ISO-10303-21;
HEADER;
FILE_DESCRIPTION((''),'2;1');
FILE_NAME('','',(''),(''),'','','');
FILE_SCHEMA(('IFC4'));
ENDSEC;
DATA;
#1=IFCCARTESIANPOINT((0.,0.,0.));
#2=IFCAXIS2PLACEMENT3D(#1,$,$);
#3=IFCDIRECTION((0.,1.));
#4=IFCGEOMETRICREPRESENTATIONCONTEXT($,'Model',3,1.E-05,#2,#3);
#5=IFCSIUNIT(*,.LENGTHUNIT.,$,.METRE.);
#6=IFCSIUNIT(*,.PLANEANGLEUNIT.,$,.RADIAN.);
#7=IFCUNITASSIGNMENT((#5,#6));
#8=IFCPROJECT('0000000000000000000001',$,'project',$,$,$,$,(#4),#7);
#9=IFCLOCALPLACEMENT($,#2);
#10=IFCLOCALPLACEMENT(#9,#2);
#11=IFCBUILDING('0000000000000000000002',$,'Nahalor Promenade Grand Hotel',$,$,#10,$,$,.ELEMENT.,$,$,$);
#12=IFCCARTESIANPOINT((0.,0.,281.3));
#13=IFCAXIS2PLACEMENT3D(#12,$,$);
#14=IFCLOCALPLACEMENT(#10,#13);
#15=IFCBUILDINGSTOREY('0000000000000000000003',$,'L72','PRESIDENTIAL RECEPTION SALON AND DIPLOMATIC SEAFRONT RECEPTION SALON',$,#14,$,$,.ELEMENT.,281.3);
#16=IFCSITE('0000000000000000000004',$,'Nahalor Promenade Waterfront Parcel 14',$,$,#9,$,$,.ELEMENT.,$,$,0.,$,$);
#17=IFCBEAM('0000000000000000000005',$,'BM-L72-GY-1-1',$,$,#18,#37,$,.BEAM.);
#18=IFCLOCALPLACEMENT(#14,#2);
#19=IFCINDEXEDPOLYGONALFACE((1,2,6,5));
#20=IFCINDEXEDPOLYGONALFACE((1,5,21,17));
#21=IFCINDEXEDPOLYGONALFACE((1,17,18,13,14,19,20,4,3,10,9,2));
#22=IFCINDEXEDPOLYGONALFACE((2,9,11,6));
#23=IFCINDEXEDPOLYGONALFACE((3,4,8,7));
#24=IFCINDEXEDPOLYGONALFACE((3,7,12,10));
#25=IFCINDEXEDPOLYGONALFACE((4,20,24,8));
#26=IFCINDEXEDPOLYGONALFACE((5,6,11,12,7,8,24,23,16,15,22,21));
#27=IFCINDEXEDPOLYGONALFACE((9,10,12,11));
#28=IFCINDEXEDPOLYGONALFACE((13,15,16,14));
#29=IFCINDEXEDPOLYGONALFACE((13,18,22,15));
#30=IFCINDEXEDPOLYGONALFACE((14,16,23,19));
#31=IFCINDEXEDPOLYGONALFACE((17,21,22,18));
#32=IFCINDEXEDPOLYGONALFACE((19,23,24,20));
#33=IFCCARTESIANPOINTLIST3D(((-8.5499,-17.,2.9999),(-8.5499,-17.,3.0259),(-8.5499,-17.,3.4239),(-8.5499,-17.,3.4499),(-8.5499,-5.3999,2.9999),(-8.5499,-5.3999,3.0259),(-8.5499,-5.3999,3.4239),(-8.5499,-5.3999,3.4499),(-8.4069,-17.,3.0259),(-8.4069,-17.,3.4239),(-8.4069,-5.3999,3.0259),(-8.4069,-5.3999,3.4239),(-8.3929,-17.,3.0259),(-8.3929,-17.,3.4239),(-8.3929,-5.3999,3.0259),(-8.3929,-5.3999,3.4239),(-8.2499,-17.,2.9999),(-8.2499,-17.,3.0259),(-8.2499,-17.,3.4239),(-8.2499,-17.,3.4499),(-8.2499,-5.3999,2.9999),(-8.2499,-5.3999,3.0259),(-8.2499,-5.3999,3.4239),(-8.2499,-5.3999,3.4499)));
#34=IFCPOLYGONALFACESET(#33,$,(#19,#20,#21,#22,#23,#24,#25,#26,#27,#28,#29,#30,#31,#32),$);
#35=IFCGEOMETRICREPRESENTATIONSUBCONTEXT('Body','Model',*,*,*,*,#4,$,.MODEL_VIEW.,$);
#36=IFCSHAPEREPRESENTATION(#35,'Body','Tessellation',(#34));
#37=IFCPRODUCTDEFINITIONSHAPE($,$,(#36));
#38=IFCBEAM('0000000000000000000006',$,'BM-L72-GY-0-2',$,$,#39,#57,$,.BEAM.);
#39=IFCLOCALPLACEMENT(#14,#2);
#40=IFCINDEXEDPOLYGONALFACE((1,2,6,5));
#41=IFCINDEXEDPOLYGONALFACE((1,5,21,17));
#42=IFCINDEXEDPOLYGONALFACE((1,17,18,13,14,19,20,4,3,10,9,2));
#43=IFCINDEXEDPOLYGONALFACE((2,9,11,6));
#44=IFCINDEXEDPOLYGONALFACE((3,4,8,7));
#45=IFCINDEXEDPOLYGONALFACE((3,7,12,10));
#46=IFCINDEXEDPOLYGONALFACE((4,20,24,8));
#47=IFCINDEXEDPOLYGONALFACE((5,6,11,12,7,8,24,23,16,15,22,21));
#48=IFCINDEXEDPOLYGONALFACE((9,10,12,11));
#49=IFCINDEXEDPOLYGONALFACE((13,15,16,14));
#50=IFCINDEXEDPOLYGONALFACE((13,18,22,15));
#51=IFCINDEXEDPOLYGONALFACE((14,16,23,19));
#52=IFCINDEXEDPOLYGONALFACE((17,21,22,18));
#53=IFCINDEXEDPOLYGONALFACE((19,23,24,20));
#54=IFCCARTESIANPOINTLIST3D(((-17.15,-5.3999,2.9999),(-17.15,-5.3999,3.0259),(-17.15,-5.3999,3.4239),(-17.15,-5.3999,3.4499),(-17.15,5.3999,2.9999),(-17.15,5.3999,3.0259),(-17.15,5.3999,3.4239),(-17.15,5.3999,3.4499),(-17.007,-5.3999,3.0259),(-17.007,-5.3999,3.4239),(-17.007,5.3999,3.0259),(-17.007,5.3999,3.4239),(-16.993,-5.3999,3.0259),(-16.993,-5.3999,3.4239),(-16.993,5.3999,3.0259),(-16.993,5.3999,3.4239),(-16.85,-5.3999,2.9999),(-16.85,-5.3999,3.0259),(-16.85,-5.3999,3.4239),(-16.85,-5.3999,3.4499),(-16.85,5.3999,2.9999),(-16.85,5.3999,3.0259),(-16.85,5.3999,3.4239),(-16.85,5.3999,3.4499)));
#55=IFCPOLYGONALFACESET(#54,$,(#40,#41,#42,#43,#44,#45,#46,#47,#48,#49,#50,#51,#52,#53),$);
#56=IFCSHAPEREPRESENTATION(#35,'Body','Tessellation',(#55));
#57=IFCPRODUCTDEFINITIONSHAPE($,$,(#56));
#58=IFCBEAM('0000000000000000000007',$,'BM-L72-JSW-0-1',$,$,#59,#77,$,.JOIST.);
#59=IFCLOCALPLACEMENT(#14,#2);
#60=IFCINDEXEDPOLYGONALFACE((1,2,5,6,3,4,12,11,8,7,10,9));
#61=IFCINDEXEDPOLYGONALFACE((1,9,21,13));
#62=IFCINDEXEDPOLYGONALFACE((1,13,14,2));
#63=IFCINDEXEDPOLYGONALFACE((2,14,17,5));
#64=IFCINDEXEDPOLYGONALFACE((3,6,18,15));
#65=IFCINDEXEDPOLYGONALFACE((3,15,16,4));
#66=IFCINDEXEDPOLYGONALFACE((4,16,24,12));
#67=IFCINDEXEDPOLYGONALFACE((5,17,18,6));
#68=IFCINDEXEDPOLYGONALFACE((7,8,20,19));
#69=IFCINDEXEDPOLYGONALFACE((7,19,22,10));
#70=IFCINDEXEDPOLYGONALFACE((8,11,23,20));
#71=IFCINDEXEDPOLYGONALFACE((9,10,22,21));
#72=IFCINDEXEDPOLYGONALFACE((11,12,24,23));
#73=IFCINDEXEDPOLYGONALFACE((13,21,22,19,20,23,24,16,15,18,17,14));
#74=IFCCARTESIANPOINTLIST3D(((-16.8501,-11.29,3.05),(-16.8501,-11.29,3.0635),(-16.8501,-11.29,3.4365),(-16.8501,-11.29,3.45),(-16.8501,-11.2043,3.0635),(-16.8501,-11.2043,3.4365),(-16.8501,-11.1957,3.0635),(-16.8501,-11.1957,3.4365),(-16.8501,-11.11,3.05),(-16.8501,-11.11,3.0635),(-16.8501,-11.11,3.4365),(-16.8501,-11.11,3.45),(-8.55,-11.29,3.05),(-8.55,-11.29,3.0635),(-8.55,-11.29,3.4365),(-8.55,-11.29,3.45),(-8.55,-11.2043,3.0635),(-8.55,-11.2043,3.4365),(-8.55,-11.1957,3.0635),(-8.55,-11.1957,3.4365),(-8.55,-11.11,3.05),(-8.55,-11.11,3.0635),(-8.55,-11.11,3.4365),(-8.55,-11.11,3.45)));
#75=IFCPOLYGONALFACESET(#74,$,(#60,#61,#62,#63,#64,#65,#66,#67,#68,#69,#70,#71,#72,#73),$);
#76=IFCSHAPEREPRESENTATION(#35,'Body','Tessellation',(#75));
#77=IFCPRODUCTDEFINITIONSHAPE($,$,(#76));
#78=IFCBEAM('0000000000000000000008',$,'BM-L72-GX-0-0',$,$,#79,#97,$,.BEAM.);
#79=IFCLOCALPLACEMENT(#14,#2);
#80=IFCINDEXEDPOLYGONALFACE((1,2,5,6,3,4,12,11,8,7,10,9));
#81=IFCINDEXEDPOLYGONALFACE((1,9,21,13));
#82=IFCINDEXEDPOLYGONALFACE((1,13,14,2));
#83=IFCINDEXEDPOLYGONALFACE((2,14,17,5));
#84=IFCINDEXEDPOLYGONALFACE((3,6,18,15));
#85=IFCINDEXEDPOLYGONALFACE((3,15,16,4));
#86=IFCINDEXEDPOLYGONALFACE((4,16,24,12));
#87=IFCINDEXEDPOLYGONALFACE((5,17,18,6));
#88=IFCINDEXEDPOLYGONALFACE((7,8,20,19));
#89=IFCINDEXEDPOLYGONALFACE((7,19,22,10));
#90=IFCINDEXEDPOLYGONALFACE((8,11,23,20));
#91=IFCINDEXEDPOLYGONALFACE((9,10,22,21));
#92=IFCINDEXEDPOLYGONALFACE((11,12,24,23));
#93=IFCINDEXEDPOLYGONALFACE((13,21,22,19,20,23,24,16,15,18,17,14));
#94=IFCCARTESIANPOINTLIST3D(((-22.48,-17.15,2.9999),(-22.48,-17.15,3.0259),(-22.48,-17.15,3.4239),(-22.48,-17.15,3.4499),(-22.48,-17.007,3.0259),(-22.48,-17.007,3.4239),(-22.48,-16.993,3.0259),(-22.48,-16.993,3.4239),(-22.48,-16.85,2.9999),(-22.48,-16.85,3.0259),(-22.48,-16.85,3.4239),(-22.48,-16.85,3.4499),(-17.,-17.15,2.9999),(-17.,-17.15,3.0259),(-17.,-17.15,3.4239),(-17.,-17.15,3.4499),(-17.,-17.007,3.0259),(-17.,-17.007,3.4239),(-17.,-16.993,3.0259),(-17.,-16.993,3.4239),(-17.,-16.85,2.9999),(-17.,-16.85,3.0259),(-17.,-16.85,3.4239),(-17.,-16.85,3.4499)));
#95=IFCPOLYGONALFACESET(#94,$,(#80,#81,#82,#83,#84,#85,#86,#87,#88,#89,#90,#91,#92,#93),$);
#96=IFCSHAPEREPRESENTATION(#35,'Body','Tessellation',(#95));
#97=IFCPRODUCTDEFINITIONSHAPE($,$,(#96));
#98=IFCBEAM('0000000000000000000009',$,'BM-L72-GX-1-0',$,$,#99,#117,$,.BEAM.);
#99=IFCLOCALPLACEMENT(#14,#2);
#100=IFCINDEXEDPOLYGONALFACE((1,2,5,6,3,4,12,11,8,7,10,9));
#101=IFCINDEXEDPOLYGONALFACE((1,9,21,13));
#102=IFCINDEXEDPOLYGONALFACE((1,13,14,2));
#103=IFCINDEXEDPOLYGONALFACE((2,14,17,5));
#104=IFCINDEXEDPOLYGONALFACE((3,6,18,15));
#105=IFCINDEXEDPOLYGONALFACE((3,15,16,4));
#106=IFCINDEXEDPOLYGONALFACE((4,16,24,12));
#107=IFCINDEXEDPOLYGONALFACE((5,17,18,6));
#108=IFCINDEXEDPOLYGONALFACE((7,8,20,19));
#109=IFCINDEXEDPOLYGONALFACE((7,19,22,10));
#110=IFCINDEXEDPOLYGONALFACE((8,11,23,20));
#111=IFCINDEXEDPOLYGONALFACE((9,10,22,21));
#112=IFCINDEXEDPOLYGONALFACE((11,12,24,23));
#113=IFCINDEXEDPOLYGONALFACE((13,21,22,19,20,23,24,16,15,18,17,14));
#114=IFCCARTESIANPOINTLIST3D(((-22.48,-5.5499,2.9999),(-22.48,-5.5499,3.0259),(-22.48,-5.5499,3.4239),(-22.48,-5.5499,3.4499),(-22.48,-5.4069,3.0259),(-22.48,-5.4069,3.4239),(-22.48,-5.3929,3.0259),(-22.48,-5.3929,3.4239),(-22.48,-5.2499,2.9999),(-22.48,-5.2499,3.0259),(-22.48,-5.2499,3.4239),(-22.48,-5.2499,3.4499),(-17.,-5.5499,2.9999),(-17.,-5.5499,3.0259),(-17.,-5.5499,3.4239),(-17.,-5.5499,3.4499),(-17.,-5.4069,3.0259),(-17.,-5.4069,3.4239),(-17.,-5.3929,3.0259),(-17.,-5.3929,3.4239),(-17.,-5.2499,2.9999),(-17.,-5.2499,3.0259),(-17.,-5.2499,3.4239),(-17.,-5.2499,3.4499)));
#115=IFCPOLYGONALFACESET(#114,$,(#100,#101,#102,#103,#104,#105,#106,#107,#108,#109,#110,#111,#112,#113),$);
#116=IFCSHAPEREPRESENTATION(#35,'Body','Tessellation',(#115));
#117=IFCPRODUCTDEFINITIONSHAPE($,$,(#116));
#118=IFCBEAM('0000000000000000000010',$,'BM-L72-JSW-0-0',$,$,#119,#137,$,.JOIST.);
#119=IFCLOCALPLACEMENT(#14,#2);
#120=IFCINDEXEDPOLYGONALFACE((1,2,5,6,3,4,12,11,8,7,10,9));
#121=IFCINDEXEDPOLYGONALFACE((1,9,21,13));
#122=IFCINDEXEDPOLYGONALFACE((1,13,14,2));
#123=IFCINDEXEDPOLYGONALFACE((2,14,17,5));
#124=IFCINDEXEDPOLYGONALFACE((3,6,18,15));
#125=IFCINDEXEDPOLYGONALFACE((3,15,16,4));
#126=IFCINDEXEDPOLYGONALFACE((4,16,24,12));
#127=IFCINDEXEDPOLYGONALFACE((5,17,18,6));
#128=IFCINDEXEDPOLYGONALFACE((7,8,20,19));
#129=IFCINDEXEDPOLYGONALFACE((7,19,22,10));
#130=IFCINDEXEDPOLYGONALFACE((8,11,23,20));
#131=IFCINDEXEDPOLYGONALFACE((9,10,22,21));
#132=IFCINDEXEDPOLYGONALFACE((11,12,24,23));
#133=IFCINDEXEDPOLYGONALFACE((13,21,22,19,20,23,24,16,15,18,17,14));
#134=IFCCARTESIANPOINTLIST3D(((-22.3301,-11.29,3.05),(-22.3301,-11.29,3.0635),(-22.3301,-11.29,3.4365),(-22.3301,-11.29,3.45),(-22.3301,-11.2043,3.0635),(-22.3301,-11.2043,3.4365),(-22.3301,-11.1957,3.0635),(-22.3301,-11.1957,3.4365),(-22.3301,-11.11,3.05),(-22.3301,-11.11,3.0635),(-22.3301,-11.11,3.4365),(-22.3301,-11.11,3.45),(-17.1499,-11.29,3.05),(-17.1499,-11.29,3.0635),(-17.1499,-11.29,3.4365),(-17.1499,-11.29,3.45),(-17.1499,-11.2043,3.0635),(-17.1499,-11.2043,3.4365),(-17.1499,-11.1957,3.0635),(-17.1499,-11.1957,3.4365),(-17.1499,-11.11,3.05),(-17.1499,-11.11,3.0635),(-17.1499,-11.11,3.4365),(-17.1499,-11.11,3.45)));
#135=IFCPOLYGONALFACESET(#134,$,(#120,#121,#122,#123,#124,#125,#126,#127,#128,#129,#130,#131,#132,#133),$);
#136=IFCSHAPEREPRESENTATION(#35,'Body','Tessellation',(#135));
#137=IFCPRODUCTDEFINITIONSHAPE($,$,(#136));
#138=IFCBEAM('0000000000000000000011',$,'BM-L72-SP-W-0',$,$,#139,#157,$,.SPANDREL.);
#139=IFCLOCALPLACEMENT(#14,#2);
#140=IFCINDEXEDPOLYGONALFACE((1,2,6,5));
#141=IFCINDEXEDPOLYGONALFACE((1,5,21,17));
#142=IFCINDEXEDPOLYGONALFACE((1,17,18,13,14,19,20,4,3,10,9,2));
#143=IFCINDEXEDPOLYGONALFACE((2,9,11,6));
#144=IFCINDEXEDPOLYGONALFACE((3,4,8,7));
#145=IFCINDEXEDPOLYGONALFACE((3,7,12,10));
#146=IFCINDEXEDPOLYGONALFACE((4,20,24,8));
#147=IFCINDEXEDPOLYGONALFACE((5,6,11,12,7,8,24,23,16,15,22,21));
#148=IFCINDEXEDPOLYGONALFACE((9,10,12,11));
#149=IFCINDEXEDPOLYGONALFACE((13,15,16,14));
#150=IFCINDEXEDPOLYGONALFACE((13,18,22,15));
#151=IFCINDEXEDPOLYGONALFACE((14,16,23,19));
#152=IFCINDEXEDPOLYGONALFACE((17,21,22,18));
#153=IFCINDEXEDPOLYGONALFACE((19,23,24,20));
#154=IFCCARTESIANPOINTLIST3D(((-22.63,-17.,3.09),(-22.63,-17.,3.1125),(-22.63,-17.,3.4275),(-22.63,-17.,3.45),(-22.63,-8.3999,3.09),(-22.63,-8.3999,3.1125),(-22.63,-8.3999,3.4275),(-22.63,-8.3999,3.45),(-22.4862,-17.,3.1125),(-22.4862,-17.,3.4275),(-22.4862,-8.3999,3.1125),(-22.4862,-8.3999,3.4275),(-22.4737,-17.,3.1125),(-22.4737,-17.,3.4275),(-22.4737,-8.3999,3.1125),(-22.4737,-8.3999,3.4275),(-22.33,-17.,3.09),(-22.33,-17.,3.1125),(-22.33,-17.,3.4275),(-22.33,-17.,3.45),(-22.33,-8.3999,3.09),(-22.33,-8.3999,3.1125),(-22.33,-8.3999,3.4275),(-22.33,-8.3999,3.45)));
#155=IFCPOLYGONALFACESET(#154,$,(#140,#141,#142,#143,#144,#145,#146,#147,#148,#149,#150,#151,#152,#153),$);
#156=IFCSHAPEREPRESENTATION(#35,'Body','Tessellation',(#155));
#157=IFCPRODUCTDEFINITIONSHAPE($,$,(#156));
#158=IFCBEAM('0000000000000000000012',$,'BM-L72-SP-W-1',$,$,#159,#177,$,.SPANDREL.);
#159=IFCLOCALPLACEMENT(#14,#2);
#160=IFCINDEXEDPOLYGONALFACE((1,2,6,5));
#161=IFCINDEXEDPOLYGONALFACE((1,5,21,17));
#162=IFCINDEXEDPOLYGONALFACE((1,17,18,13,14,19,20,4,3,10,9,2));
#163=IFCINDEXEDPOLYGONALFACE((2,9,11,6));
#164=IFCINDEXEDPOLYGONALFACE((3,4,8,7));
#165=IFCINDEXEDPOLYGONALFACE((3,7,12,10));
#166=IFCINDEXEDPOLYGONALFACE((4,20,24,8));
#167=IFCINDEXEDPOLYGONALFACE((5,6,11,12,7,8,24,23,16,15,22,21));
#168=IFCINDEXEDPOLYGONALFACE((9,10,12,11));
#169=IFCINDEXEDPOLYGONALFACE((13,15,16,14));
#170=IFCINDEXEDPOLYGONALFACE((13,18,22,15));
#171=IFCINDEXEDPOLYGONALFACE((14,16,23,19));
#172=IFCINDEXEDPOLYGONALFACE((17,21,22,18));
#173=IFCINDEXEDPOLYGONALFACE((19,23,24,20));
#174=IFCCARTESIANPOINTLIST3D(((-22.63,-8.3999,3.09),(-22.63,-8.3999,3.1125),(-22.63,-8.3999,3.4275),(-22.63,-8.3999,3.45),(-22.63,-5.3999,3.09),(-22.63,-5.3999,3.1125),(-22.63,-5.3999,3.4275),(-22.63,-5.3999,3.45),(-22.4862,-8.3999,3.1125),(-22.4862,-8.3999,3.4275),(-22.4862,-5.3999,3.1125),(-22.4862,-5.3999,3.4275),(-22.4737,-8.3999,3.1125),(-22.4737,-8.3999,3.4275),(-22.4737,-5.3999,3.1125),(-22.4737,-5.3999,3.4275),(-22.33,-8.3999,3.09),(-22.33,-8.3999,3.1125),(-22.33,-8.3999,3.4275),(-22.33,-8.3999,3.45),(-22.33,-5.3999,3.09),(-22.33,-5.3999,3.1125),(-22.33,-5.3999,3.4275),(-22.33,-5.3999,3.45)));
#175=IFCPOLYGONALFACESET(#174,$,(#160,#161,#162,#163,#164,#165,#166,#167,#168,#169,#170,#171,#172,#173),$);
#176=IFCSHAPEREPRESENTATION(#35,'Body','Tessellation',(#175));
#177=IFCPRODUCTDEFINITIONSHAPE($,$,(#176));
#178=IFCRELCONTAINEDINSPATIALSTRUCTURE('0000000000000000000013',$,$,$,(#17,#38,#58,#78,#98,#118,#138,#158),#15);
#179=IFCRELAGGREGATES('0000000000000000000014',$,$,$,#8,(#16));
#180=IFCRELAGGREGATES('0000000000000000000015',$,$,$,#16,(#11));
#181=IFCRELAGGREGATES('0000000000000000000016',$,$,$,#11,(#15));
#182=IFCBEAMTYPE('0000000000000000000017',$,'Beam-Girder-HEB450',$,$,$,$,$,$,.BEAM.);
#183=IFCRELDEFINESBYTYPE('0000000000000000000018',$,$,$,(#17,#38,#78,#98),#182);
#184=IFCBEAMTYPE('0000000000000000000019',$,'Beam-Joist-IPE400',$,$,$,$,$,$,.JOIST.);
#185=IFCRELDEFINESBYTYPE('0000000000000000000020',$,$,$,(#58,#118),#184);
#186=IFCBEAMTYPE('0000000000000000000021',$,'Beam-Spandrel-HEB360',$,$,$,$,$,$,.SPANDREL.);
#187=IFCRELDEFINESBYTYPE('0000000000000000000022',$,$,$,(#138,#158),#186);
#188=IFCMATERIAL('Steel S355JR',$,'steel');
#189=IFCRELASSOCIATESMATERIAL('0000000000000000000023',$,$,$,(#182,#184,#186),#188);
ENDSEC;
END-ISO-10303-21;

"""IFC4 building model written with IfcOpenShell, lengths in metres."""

from ifc_helpers import new_model, si_unit, direction, frame, origin, origin_2d, place, context, subcontext, project, spatial, i_section, extrude, source, transform, mapped, material, material_profile, profile_set, type_object, element, save


model = new_model("IFC4")

# Units and contexts
model_context = context("Model", 3, precision=1e-05, world=origin(), true_north=direction((0.0, 1.0)))
body_context = subcontext(model_context, "Body", "Model", "MODEL_VIEW")
ifc_project = project(units=[si_unit("LENGTHUNIT", "METRE"), si_unit("PLANEANGLEUNIT", "RADIAN")], contexts=[model_context])

# Site, building, storey
site_placement = place(None, origin())
site = spatial("IfcSite", under=ifc_project, at=site_placement, Name="Nahalor Promenade Waterfront Parcel 14", CompositionType="ELEMENT", RefElevation=0.0)
building_placement = place(site_placement, origin())
building = spatial("IfcBuilding", under=site, at=building_placement, Name="Nahalor Promenade Grand Hotel", CompositionType="ELEMENT")
storey_placement = place(building_placement, frame((0.0, 0.0, 281.3)))
storey = spatial("IfcBuildingStorey", under=building, at=storey_placement, Name="L72", Description="PRESIDENTIAL RECEPTION SALON AND DIPLOMATIC SEAFRONT RECEPTION SALON", CompositionType="ELEMENT", Elevation=281.3)

# Shared definitions
ifc_material_1 = material(Name="Steel S355JR", Category="steel")

# Beams
ifc_material_profile_1 = material_profile(ifc_material_1, i_section(OverallWidth=0.3, OverallDepth=0.45, WebThickness=0.014, FlangeThickness=0.026, at=origin_2d()), Name="HEB 450")
ifc_profile_set_1 = profile_set([ifc_material_profile_1], Name="Steel S355JR")
beam_type_1 = type_object("IfcBeamType", Name="Beam-Girder-HEB450", PredefinedType="BEAM", material=ifc_profile_set_1)
shared_shape_1 = source(origin(), body_context, "Body", "SweptSolid", [
    extrude(i_section(OverallWidth=0.3, OverallDepth=0.45, WebThickness=0.014, FlangeThickness=0.026, at=origin_2d()), origin(), (0.0, 0.0, 1.0), 11.6001),
])
for number, where, z_axis, x_axis, name in (
    (1, (-8.3999, -17.0, 3.2249), (0.0, 1.0, 0.0), (-1.0, 0.0, 0.0), "BM-L72-GY-1-1"),
):
    element("IfcBeam", number, at=place(storey_placement, frame(where, z_axis=z_axis, x_axis=x_axis)), inside=storey, type_object=beam_type_1, Name=name, PredefinedType="BEAM", context=body_context, shape_type="MappedRepresentation", body=[
        mapped(shared_shape_1, transform((0.0, 0.0, 0.0), scale=1.0)),
    ])
shared_shape_2 = source(origin(), body_context, "Body", "SweptSolid", [
    extrude(i_section(OverallWidth=0.3, OverallDepth=0.45, WebThickness=0.014, FlangeThickness=0.026, at=origin_2d()), origin(), (0.0, 0.0, 1.0), 10.7998),
])
beam_1_placement = place(storey_placement, frame((-17.0, -5.3999, 3.2249), z_axis=(0.0, 1.0, 0.0), x_axis=(-1.0, 0.0, 0.0)))
element("IfcBeam", 2, at=beam_1_placement, inside=storey, type_object=beam_type_1, Name="BM-L72-GY-0-2", PredefinedType="BEAM", context=body_context, shape_type="MappedRepresentation", body=[
    mapped(shared_shape_2, transform((0.0, 0.0, 0.0), scale=1.0)),
])
ifc_material_profile_2 = material_profile(ifc_material_1, i_section(OverallWidth=0.18, OverallDepth=0.4, WebThickness=0.0086, FlangeThickness=0.0135, at=origin_2d()), Name="IPE 400")
ifc_profile_set_2 = profile_set([ifc_material_profile_2], Name="Steel S355JR")
beam_type_2 = type_object("IfcBeamType", Name="Beam-Joist-IPE400", PredefinedType="JOIST", material=ifc_profile_set_2)
shared_shape_3 = source(origin(), body_context, "Body", "SweptSolid", [
    extrude(i_section(OverallWidth=0.18, OverallDepth=0.4, WebThickness=0.0086, FlangeThickness=0.0135, at=origin_2d()), origin(), (0.0, 0.0, 1.0), 8.3),
])
beam_2_placement = place(storey_placement, frame((-16.8501, -11.2, 3.25), z_axis=(1.0, 0.0, 0.0), x_axis=(0.0, 1.0, 0.0)))
element("IfcBeam", 3, at=beam_2_placement, inside=storey, type_object=beam_type_2, Name="BM-L72-JSW-0-1", PredefinedType="JOIST", context=body_context, shape_type="MappedRepresentation", body=[
    mapped(shared_shape_3, transform((0.0, 0.0, 0.0), scale=1.0)),
])
shared_shape_4 = source(origin(), body_context, "Body", "SweptSolid", [
    extrude(i_section(OverallWidth=0.3, OverallDepth=0.45, WebThickness=0.014, FlangeThickness=0.026, at=origin_2d()), origin(), (0.0, 0.0, 1.0), 5.48),
])
for number, where, z_axis, x_axis, name in (
    (4, (-22.48, -17.0, 3.2249), (1.0, 0.0, 0.0), (0.0, 1.0, 0.0), "BM-L72-GX-0-0"),
    (5, (-22.48, -5.3999, 3.2249), (1.0, 0.0, 0.0), (0.0, 1.0, 0.0), "BM-L72-GX-1-0"),
):
    element("IfcBeam", number, at=place(storey_placement, frame(where, z_axis=z_axis, x_axis=x_axis)), inside=storey, type_object=beam_type_1, Name=name, PredefinedType="BEAM", context=body_context, shape_type="MappedRepresentation", body=[
        mapped(shared_shape_4, transform((0.0, 0.0, 0.0), scale=1.0)),
    ])
shared_shape_5 = source(origin(), body_context, "Body", "SweptSolid", [
    extrude(i_section(OverallWidth=0.18, OverallDepth=0.4, WebThickness=0.0086, FlangeThickness=0.0135, at=origin_2d()), origin(), (0.0, 0.0, 1.0), 5.1802),
])
beam_3_placement = place(storey_placement, frame((-22.3301, -11.2, 3.25), z_axis=(1.0, 0.0, 0.0), x_axis=(0.0, 1.0, 0.0)))
element("IfcBeam", 6, at=beam_3_placement, inside=storey, type_object=beam_type_2, Name="BM-L72-JSW-0-0", PredefinedType="JOIST", context=body_context, shape_type="MappedRepresentation", body=[
    mapped(shared_shape_5, transform((0.0, 0.0, 0.0), scale=1.0)),
])
ifc_material_profile_3 = material_profile(ifc_material_1, i_section(OverallWidth=0.3, OverallDepth=0.36, WebThickness=0.0125, FlangeThickness=0.0225, at=origin_2d()), Name="HEB 360")
ifc_profile_set_3 = profile_set([ifc_material_profile_3], Name="Steel S355JR")
beam_type_3 = type_object("IfcBeamType", Name="Beam-Spandrel-HEB360", PredefinedType="SPANDREL", material=ifc_profile_set_3)
shared_shape_6 = source(origin(), body_context, "Body", "SweptSolid", [
    extrude(i_section(OverallWidth=0.3, OverallDepth=0.36, WebThickness=0.0125, FlangeThickness=0.0225, at=origin_2d()), origin(), (0.0, 0.0, 1.0), 8.6001),
])
beam_4_placement = place(storey_placement, frame((-22.48, -17.0, 3.27), z_axis=(0.0, 1.0, 0.0), x_axis=(-1.0, 0.0, 0.0)))
element("IfcBeam", 7, at=beam_4_placement, inside=storey, type_object=beam_type_3, Name="BM-L72-SP-W-0", PredefinedType="SPANDREL", context=body_context, shape_type="MappedRepresentation", body=[
    mapped(shared_shape_6, transform((0.0, 0.0, 0.0), scale=1.0)),
])
shared_shape_7 = source(origin(), body_context, "Body", "SweptSolid", [
    extrude(i_section(OverallWidth=0.3, OverallDepth=0.36, WebThickness=0.0125, FlangeThickness=0.0225, at=origin_2d()), origin(), (0.0, 0.0, 1.0), 3.0),
])
beam_5_placement = place(storey_placement, frame((-22.48, -8.3999, 3.27), z_axis=(0.0, 1.0, 0.0), x_axis=(-1.0, 0.0, 0.0)))
element("IfcBeam", 8, at=beam_5_placement, inside=storey, type_object=beam_type_3, Name="BM-L72-SP-W-1", PredefinedType="SPANDREL", context=body_context, shape_type="MappedRepresentation", body=[
    mapped(shared_shape_7, transform((0.0, 0.0, 0.0), scale=1.0)),
])

save(model, "model.ifc")
